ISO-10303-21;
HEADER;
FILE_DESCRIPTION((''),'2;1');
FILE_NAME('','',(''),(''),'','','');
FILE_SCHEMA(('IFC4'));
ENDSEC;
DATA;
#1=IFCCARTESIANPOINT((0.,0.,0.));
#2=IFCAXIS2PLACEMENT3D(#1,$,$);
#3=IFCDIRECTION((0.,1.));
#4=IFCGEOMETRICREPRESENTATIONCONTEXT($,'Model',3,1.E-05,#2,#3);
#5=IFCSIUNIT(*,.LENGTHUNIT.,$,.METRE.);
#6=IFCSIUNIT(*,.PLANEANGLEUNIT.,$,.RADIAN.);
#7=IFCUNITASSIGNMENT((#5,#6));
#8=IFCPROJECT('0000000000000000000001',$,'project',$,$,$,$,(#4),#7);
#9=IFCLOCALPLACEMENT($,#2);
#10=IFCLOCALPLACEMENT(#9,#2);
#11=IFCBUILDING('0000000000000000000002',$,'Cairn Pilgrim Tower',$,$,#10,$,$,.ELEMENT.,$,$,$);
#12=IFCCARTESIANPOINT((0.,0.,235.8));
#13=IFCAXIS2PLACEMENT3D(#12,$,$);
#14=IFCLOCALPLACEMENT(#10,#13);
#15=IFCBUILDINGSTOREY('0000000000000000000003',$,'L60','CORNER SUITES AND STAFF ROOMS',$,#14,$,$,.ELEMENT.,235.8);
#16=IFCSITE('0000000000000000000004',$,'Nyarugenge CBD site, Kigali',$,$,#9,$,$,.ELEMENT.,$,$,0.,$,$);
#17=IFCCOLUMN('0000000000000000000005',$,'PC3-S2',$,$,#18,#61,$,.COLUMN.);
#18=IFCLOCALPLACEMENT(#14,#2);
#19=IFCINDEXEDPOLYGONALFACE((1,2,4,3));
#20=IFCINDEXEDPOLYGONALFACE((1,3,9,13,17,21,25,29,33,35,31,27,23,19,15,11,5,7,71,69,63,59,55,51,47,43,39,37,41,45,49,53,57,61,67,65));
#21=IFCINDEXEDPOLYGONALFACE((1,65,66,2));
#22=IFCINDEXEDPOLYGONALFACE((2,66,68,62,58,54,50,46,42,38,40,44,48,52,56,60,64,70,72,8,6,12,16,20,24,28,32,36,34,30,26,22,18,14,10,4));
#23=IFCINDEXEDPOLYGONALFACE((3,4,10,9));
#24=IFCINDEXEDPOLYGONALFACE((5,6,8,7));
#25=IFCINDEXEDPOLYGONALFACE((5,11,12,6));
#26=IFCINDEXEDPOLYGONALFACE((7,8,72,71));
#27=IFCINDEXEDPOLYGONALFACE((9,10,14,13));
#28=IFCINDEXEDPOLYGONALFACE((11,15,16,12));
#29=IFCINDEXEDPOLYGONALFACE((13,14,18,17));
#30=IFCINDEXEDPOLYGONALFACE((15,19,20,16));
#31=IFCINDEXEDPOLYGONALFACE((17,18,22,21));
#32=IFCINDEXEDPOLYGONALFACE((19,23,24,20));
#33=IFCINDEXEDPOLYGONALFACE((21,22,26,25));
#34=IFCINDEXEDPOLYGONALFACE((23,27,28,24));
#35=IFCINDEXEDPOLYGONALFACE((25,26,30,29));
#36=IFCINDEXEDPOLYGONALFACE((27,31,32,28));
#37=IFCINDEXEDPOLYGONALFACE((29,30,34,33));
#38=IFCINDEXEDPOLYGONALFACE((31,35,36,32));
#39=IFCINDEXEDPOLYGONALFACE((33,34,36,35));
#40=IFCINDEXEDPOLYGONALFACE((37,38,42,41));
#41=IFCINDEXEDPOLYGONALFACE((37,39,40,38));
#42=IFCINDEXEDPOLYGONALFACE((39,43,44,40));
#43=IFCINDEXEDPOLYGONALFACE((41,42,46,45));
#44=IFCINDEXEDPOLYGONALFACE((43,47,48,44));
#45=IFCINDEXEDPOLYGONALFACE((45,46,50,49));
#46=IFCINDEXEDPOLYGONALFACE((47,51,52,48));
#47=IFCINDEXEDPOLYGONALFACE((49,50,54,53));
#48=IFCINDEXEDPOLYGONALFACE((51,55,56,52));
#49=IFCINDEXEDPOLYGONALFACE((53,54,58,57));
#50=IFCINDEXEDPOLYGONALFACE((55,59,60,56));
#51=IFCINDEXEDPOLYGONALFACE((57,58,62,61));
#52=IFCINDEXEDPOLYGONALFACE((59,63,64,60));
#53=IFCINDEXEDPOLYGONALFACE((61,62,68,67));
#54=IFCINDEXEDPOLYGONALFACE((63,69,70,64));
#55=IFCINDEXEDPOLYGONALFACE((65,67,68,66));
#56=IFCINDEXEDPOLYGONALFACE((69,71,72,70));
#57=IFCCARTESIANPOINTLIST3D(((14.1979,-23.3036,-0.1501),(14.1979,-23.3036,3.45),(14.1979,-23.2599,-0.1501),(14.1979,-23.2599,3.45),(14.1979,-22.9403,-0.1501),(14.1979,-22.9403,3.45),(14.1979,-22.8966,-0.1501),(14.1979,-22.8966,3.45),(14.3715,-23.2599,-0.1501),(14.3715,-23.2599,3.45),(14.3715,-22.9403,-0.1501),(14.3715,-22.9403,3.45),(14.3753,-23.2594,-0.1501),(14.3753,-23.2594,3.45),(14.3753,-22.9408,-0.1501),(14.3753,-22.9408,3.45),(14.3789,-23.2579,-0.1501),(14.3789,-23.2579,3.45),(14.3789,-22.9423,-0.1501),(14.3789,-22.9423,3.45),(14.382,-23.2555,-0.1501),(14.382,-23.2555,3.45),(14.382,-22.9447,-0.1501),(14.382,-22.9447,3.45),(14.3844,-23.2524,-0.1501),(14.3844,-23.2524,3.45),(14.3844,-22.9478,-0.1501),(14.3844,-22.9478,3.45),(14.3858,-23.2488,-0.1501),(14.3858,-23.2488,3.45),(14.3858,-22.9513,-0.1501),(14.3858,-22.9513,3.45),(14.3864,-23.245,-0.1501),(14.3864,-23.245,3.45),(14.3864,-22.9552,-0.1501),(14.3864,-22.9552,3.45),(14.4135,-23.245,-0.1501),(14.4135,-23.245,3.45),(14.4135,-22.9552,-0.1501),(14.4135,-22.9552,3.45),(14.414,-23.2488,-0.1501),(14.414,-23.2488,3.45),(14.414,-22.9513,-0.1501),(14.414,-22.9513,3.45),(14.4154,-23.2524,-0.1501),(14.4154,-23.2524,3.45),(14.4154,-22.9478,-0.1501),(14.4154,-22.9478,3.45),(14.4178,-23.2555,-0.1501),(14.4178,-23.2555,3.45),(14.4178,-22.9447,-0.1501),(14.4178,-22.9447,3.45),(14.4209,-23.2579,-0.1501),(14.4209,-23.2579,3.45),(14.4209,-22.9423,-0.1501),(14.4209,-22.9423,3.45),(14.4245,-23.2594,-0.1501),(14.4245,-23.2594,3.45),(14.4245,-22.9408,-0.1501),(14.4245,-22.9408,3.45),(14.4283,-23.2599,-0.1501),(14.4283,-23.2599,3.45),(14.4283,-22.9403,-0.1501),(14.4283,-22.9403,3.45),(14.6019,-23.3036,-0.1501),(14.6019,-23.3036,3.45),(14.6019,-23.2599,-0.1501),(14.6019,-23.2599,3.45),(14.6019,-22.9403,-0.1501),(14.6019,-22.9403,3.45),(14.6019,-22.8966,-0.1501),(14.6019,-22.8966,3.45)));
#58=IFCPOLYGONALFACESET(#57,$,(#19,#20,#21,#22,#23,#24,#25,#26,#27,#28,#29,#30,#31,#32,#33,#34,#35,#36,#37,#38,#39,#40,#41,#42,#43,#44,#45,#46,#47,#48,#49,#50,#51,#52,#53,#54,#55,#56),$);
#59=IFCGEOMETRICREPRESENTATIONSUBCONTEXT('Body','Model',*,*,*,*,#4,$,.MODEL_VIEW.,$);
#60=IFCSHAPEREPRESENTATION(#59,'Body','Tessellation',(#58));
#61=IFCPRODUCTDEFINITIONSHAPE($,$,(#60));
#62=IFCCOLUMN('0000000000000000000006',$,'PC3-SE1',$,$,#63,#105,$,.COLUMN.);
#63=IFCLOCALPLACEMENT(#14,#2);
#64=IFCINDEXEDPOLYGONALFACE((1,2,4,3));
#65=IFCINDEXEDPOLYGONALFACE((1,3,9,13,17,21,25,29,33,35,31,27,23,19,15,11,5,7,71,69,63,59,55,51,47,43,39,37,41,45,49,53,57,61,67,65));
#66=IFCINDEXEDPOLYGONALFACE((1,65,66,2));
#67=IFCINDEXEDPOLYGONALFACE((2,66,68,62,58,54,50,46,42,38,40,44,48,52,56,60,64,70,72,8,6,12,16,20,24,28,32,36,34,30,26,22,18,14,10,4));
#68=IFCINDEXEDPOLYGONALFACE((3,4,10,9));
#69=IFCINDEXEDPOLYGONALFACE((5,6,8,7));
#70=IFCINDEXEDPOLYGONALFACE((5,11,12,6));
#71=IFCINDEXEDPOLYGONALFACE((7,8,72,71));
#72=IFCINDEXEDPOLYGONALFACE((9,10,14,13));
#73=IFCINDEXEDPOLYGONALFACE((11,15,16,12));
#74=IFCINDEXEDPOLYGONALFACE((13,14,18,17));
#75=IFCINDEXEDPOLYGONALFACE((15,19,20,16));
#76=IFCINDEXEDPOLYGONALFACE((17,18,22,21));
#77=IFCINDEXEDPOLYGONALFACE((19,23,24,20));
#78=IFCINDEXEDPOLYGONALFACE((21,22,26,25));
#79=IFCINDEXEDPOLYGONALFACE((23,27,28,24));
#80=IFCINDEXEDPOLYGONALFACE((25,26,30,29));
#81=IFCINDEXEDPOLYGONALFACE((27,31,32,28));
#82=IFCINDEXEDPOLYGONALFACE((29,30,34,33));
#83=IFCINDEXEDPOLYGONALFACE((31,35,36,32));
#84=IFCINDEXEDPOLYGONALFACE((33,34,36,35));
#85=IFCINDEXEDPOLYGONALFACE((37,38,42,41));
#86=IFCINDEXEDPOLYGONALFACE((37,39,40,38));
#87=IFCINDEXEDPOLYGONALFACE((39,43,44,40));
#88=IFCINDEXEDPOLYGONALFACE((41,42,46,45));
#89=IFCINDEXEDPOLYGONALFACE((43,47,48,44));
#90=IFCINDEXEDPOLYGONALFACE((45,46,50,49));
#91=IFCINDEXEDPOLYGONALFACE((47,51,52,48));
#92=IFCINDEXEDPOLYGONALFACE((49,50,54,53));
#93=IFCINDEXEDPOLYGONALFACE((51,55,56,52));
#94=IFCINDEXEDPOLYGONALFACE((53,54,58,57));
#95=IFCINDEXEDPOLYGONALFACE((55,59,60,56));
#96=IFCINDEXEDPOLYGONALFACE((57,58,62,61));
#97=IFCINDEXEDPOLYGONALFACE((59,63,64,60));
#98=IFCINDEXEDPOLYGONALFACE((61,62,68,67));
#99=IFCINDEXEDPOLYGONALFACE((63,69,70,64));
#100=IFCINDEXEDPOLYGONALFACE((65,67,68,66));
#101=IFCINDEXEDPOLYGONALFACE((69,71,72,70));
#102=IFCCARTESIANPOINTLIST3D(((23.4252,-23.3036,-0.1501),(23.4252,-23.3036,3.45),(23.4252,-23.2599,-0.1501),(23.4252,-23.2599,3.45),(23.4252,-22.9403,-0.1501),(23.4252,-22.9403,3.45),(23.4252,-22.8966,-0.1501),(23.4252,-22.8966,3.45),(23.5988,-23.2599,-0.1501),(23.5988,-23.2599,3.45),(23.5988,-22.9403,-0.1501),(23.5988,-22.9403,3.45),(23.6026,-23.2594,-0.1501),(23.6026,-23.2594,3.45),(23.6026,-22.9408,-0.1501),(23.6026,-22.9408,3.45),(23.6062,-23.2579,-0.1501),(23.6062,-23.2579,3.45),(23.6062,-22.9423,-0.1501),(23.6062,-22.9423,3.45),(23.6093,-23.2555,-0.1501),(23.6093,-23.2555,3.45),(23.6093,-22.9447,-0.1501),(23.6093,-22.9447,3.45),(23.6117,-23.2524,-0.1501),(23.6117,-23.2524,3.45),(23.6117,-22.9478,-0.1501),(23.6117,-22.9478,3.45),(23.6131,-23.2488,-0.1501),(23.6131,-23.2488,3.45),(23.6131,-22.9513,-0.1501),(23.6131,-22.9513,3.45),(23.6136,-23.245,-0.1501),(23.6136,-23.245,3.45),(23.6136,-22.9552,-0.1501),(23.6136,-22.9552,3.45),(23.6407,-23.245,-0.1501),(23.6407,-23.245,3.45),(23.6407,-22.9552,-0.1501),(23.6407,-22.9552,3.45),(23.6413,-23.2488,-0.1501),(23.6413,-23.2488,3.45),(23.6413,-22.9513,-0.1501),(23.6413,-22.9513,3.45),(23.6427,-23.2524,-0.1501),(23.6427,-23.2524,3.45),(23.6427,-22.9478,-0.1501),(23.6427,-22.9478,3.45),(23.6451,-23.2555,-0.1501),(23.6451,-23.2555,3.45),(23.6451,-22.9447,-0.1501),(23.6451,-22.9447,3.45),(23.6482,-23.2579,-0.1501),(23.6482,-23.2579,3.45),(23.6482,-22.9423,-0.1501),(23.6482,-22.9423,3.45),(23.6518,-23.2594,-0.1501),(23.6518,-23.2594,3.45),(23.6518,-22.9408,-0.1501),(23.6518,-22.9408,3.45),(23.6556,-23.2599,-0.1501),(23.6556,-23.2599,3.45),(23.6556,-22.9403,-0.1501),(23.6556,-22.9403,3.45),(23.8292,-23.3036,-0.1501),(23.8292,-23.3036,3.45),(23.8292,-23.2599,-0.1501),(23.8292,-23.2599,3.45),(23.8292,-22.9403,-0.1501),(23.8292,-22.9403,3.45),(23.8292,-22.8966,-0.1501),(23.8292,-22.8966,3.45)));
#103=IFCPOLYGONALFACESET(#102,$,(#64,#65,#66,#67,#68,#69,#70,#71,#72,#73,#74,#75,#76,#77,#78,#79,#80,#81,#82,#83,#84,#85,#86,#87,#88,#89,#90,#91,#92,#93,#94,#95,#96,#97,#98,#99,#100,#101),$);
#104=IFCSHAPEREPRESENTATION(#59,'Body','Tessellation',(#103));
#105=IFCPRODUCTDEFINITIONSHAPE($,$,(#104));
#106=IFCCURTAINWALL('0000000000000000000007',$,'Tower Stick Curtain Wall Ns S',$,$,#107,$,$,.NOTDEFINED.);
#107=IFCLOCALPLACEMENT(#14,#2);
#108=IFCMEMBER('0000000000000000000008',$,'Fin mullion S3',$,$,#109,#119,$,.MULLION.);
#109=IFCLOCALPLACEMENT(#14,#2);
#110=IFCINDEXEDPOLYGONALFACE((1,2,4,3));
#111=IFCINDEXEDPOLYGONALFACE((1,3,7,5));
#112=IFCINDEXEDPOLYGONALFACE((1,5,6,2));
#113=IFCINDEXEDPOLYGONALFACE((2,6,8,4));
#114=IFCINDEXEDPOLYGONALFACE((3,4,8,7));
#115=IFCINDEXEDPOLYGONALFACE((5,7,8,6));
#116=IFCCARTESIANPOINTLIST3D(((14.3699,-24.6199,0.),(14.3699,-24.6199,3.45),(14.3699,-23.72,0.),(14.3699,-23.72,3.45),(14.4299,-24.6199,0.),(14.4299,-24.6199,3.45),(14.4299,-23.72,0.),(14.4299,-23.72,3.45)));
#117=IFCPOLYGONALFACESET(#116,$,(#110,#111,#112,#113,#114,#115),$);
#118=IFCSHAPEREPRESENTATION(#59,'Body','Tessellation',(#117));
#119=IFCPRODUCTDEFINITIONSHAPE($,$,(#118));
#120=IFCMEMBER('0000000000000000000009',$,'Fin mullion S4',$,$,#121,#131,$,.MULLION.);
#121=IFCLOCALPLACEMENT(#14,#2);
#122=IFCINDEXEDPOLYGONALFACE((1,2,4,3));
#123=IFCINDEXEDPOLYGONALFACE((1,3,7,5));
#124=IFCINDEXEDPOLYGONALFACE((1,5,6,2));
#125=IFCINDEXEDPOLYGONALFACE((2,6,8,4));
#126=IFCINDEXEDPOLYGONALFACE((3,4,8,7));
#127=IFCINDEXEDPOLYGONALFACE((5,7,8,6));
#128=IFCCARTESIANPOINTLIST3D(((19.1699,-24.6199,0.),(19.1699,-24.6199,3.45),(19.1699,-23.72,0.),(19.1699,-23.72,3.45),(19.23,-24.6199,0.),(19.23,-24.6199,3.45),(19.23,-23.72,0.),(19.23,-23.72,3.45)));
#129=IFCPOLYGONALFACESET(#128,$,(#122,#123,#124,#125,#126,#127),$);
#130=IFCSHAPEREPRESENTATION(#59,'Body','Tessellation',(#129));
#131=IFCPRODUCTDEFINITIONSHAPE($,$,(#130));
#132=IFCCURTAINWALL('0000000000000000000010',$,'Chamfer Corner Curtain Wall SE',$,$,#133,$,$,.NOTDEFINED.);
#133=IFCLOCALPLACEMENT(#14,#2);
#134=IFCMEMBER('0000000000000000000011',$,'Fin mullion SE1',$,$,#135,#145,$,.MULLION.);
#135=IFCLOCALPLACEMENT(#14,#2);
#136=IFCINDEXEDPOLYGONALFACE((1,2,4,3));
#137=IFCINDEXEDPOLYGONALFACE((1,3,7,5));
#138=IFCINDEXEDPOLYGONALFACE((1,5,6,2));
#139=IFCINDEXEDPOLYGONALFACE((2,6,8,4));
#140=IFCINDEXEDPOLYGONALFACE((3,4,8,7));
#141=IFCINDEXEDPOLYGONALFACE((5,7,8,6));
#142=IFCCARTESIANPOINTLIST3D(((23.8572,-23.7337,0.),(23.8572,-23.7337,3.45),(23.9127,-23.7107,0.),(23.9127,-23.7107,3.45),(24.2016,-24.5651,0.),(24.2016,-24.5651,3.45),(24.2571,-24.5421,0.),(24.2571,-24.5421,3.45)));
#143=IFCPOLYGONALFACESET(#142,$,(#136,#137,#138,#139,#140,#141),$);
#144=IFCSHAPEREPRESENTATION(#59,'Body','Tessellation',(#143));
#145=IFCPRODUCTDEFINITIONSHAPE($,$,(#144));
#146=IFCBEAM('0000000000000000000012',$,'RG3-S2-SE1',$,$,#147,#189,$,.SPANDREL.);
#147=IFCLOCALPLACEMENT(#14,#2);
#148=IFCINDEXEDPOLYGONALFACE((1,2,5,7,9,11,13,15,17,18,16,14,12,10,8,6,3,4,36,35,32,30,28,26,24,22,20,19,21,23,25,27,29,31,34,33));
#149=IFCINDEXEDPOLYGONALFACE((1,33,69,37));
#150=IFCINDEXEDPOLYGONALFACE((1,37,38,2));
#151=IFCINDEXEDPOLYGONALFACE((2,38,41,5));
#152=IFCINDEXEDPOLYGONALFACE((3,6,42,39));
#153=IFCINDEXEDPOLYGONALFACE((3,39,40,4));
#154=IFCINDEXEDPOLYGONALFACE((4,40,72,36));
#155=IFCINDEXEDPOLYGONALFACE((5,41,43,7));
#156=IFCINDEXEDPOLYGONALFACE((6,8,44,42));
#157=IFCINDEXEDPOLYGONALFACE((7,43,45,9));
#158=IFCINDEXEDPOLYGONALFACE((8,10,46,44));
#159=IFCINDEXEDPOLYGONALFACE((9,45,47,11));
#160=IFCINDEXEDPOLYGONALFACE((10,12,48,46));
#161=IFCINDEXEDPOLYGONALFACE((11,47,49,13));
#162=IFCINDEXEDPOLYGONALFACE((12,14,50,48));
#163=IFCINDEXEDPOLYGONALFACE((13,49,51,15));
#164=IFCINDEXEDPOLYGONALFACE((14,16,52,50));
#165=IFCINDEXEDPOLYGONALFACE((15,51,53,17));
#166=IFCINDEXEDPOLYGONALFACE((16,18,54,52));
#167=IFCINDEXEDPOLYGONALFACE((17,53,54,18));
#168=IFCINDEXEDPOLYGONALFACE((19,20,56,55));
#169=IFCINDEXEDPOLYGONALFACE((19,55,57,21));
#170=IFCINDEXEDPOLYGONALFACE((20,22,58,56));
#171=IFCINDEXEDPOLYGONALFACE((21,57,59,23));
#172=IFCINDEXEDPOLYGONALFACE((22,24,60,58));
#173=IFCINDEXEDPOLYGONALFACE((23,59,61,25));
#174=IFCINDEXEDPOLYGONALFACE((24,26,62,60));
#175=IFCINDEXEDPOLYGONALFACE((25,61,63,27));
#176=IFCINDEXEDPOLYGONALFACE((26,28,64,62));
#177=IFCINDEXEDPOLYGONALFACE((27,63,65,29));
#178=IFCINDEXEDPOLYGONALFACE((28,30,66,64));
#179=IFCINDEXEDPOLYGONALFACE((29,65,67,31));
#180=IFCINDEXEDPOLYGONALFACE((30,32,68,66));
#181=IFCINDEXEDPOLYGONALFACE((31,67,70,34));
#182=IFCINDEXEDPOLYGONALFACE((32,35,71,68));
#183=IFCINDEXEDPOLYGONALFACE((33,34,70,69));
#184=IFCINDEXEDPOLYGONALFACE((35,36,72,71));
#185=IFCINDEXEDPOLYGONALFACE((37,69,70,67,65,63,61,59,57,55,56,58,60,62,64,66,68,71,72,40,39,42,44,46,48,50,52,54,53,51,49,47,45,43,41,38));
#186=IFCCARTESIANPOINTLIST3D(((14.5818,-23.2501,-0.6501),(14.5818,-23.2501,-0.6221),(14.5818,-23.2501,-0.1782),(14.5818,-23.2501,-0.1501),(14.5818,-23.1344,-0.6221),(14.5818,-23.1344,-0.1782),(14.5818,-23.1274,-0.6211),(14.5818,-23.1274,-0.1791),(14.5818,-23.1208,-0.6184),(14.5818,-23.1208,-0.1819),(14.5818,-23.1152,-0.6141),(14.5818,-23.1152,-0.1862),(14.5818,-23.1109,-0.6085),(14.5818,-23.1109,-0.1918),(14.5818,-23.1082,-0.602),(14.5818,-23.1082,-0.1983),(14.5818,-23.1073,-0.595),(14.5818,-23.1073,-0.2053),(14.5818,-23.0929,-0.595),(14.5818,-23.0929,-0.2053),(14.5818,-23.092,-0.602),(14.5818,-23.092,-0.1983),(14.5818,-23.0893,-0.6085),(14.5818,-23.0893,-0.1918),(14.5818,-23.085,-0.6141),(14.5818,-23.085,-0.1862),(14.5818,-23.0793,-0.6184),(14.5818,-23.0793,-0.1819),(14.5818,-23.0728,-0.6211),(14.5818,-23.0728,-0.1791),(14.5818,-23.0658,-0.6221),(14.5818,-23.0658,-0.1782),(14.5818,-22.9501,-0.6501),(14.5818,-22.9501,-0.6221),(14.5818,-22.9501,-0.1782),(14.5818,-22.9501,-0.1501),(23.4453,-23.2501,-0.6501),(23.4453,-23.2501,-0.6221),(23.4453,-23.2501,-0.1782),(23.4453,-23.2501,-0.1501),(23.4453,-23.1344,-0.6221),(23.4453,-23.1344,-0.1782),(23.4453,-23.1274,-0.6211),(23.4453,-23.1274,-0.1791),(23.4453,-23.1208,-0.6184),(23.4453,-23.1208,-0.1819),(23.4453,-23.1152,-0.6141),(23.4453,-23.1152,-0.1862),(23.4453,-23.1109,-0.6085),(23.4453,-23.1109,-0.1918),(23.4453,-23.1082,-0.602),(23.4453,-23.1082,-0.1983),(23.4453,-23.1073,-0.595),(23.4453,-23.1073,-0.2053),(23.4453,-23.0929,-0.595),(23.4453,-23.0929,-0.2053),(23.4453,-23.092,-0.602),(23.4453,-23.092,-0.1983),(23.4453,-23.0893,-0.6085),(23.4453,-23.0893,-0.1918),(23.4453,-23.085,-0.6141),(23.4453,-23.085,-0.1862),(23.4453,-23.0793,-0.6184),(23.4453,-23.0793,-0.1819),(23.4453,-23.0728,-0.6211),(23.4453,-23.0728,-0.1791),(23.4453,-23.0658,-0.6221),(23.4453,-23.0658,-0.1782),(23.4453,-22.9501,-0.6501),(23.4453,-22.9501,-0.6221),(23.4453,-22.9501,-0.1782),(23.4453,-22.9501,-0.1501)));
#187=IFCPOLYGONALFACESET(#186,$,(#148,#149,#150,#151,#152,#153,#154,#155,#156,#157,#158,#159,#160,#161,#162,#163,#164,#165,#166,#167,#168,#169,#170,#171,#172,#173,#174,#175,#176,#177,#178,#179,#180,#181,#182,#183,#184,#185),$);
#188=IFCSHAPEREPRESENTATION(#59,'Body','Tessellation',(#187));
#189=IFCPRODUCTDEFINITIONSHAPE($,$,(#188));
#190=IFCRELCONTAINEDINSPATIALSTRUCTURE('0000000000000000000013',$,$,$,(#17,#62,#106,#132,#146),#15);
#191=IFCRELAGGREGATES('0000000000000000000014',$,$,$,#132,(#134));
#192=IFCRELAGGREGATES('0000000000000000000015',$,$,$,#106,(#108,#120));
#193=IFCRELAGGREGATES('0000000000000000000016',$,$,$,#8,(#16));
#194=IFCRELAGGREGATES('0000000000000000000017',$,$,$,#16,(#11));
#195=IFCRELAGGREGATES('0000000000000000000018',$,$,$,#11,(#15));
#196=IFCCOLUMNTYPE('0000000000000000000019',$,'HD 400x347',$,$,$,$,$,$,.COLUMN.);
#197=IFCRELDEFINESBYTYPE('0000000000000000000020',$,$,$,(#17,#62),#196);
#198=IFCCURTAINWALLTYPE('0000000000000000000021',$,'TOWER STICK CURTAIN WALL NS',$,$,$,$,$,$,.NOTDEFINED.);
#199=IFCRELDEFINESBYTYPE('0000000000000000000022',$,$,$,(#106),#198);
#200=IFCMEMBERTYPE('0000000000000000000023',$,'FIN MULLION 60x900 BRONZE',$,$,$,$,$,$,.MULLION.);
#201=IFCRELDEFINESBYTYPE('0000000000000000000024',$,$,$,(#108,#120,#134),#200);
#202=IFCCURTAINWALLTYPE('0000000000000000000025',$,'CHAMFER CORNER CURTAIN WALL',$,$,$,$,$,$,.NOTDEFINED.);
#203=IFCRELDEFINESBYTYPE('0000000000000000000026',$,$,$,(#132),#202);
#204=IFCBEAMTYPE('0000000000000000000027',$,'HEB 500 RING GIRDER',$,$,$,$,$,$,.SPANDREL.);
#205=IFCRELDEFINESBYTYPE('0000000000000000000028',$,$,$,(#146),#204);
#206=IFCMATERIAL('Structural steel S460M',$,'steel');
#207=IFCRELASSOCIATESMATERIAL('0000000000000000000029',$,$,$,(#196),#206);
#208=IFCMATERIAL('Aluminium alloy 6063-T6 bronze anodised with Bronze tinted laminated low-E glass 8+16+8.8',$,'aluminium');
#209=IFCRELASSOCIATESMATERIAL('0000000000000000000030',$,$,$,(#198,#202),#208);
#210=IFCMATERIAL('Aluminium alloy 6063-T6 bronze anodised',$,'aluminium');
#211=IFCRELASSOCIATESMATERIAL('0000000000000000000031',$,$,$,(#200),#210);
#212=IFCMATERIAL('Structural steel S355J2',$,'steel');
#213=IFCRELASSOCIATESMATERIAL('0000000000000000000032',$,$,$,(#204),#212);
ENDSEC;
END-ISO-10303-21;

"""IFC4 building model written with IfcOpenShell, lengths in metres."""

from ifc_helpers import new_model, si_unit, direction, frame, origin, origin_2d, place, context, subcontext, project, spatial, rectangle, i_section, extrude, material, material_profile, profile_set, type_object, element, aggregate, save


model = new_model("IFC4")

# Units and contexts
model_context = context("Model", 3, precision=1e-05, world=origin(), true_north=direction((0.0, 1.0)))
body_context = subcontext(model_context, "Body", "Model", "MODEL_VIEW")
ifc_project = project(units=[si_unit("LENGTHUNIT", "METRE"), si_unit("PLANEANGLEUNIT", "RADIAN")], contexts=[model_context])

# Site, building, storey
site_placement = place(None, origin())
site = spatial("IfcSite", under=ifc_project, at=site_placement, Name="Nyarugenge CBD site, Kigali", CompositionType="ELEMENT", RefElevation=0.0)
building_placement = place(site_placement, origin())
building = spatial("IfcBuilding", under=site, at=building_placement, Name="Cairn Pilgrim Tower", CompositionType="ELEMENT")
storey_placement = place(building_placement, frame((0.0, 0.0, 235.8)))
storey = spatial("IfcBuildingStorey", under=building, at=storey_placement, Name="L60", Description="CORNER SUITES AND STAFF ROOMS", CompositionType="ELEMENT", Elevation=235.8)

# Columns
ifc_material_1 = material(Name="Structural steel S460M", Category="steel")
ifc_material_profile_1 = material_profile(ifc_material_1, i_section(OverallWidth=0.4041, OverallDepth=0.407, WebThickness=0.0271, FlangeThickness=0.0437, FilletRadius=0.0149, at=origin_2d()), Name="HD 400x347")
ifc_profile_set_1 = profile_set([ifc_material_profile_1], Name="Structural steel S460M")
column_type = type_object("IfcColumnType", Name="HD 400x347", PredefinedType="COLUMN", material=ifc_profile_set_1)
for number, where, z_axis, x_axis, name in (
    (1, (14.3999, -23.1001, -0.1501), (0.0, 0.0, 1.0), (1.0, 0.0, 0.0), "PC3-S2"),
    (2, (23.6272, -23.1001, -0.1501), (0.0, 0.0, 1.0), (1.0, 0.0, 0.0), "PC3-SE1"),
):
    element("IfcColumn", number, at=place(storey_placement, frame(where, z_axis=z_axis, x_axis=x_axis)), inside=storey, type_object=column_type, Name=name, PredefinedType="COLUMN", context=body_context, shape_type="SweptSolid", body=[
        extrude(i_section(OverallWidth=0.4041, OverallDepth=0.407, WebThickness=0.0271, FlangeThickness=0.0437, FilletRadius=0.0149, at=origin_2d()), origin(), (0.0, 0.0, 1.0), 3.6001),
    ])

# Curtain wall, members
ifc_material_2 = material(Name="Aluminium alloy 6063-T6 bronze anodised with Bronze tinted laminated low-E glass 8+16+8.8", Category="aluminium")
curtain_wall_type_1 = type_object("IfcCurtainWallType", Name="TOWER STICK CURTAIN WALL NS", PredefinedType="NOTDEFINED", material=ifc_material_2)
curtain_wall_1_placement = place(storey_placement, origin())
curtain_wall_1 = element("IfcCurtainWall", 3, at=curtain_wall_1_placement, inside=storey, type_object=curtain_wall_type_1, Name="Tower Stick Curtain Wall Ns S", PredefinedType="NOTDEFINED")
ifc_material_3 = material(Name="Aluminium alloy 6063-T6 bronze anodised", Category="aluminium")
ifc_material_profile_2 = material_profile(ifc_material_3, rectangle(XDim=0.8999, YDim=0.0601, at=origin_2d()), Name="FIN MULLION 60x900 BRONZE")
ifc_profile_set_2 = profile_set([ifc_material_profile_2], Name="Aluminium alloy 6063-T6 bronze anodised")
member_type_1 = type_object("IfcMemberType", Name="FIN MULLION 60x900 BRONZE", PredefinedType="MULLION", material=ifc_profile_set_2)
member_1_placement = place(storey_placement, frame((14.3999, -24.1699, 0.0), z_axis=(0.0, 0.0, 1.0), x_axis=(0.0, -1.0, 0.0)))
member_1 = element("IfcMember", 4, at=member_1_placement, type_object=member_type_1, Name="Fin mullion S3", PredefinedType="MULLION", context=body_context, shape_type="SweptSolid", body=[
    extrude(rectangle(XDim=0.8999, YDim=0.0601, at=origin_2d()), origin(), (0.0, 0.0, 1.0), 3.45),
])
member_2_placement = place(storey_placement, frame((19.2, -24.1699, 0.0), z_axis=(0.0, 0.0, 1.0), x_axis=(0.0, -1.0, 0.0)))
member_2 = element("IfcMember", 5, at=member_2_placement, type_object=member_type_1, Name="Fin mullion S4", PredefinedType="MULLION", context=body_context, shape_type="SweptSolid", body=[
    extrude(rectangle(XDim=0.8999, YDim=0.0601, at=origin_2d()), origin(), (0.0, 0.0, 1.0), 3.45),
])

# Curtain wall, member
curtain_wall_type_2 = type_object("IfcCurtainWallType", Name="CHAMFER CORNER CURTAIN WALL", PredefinedType="NOTDEFINED", material=ifc_material_2)
curtain_wall_2_placement = place(storey_placement, origin())
curtain_wall_2 = element("IfcCurtainWall", 6, at=curtain_wall_2_placement, inside=storey, type_object=curtain_wall_type_2, Name="Chamfer Corner Curtain Wall SE", PredefinedType="NOTDEFINED")
member_3_placement = place(storey_placement, frame((24.0571, -24.1379, 0.0), z_axis=(0.0, 0.0, 1.0), x_axis=(0.382683, -0.92388, 0.0)))
member_3 = element("IfcMember", 7, at=member_3_placement, type_object=member_type_1, Name="Fin mullion SE1", PredefinedType="MULLION", context=body_context, shape_type="SweptSolid", body=[
    extrude(rectangle(XDim=0.8999, YDim=0.0601, at=origin_2d()), origin(), (0.0, 0.0, 1.0), 3.45),
])

# Beam
ifc_material_4 = material(Name="Structural steel S355J2", Category="steel")
ifc_material_profile_3 = material_profile(ifc_material_4, i_section(OverallWidth=0.3, OverallDepth=0.5, WebThickness=0.0144, FlangeThickness=0.0281, FilletRadius=0.0271, at=origin_2d()), Name="HEB 500")
ifc_profile_set_3 = profile_set([ifc_material_profile_3], Name="Structural steel S355J2")
beam_type_1 = type_object("IfcBeamType", Name="HEB 500 RING GIRDER", PredefinedType="SPANDREL", material=ifc_profile_set_3)
beam_1_placement = place(storey_placement, frame((14.5818, -23.1001, -0.4001), z_axis=(1.0, 0.0, 0.0), x_axis=(0.0, 1.0, 0.0)))
element("IfcBeam", 8, at=beam_1_placement, inside=storey, type_object=beam_type_1, Name="RG3-S2-SE1", PredefinedType="SPANDREL", context=body_context, shape_type="SweptSolid", body=[
    extrude(i_section(OverallWidth=0.3, OverallDepth=0.5, WebThickness=0.0144, FlangeThickness=0.0281, FilletRadius=0.0271, at=origin_2d()), origin(), (0.0, 0.0, 1.0), 8.8635),
])

aggregate(curtain_wall_2, [member_3])

aggregate(curtain_wall_1, [member_1, member_2])

save(model, "model.ifc")
